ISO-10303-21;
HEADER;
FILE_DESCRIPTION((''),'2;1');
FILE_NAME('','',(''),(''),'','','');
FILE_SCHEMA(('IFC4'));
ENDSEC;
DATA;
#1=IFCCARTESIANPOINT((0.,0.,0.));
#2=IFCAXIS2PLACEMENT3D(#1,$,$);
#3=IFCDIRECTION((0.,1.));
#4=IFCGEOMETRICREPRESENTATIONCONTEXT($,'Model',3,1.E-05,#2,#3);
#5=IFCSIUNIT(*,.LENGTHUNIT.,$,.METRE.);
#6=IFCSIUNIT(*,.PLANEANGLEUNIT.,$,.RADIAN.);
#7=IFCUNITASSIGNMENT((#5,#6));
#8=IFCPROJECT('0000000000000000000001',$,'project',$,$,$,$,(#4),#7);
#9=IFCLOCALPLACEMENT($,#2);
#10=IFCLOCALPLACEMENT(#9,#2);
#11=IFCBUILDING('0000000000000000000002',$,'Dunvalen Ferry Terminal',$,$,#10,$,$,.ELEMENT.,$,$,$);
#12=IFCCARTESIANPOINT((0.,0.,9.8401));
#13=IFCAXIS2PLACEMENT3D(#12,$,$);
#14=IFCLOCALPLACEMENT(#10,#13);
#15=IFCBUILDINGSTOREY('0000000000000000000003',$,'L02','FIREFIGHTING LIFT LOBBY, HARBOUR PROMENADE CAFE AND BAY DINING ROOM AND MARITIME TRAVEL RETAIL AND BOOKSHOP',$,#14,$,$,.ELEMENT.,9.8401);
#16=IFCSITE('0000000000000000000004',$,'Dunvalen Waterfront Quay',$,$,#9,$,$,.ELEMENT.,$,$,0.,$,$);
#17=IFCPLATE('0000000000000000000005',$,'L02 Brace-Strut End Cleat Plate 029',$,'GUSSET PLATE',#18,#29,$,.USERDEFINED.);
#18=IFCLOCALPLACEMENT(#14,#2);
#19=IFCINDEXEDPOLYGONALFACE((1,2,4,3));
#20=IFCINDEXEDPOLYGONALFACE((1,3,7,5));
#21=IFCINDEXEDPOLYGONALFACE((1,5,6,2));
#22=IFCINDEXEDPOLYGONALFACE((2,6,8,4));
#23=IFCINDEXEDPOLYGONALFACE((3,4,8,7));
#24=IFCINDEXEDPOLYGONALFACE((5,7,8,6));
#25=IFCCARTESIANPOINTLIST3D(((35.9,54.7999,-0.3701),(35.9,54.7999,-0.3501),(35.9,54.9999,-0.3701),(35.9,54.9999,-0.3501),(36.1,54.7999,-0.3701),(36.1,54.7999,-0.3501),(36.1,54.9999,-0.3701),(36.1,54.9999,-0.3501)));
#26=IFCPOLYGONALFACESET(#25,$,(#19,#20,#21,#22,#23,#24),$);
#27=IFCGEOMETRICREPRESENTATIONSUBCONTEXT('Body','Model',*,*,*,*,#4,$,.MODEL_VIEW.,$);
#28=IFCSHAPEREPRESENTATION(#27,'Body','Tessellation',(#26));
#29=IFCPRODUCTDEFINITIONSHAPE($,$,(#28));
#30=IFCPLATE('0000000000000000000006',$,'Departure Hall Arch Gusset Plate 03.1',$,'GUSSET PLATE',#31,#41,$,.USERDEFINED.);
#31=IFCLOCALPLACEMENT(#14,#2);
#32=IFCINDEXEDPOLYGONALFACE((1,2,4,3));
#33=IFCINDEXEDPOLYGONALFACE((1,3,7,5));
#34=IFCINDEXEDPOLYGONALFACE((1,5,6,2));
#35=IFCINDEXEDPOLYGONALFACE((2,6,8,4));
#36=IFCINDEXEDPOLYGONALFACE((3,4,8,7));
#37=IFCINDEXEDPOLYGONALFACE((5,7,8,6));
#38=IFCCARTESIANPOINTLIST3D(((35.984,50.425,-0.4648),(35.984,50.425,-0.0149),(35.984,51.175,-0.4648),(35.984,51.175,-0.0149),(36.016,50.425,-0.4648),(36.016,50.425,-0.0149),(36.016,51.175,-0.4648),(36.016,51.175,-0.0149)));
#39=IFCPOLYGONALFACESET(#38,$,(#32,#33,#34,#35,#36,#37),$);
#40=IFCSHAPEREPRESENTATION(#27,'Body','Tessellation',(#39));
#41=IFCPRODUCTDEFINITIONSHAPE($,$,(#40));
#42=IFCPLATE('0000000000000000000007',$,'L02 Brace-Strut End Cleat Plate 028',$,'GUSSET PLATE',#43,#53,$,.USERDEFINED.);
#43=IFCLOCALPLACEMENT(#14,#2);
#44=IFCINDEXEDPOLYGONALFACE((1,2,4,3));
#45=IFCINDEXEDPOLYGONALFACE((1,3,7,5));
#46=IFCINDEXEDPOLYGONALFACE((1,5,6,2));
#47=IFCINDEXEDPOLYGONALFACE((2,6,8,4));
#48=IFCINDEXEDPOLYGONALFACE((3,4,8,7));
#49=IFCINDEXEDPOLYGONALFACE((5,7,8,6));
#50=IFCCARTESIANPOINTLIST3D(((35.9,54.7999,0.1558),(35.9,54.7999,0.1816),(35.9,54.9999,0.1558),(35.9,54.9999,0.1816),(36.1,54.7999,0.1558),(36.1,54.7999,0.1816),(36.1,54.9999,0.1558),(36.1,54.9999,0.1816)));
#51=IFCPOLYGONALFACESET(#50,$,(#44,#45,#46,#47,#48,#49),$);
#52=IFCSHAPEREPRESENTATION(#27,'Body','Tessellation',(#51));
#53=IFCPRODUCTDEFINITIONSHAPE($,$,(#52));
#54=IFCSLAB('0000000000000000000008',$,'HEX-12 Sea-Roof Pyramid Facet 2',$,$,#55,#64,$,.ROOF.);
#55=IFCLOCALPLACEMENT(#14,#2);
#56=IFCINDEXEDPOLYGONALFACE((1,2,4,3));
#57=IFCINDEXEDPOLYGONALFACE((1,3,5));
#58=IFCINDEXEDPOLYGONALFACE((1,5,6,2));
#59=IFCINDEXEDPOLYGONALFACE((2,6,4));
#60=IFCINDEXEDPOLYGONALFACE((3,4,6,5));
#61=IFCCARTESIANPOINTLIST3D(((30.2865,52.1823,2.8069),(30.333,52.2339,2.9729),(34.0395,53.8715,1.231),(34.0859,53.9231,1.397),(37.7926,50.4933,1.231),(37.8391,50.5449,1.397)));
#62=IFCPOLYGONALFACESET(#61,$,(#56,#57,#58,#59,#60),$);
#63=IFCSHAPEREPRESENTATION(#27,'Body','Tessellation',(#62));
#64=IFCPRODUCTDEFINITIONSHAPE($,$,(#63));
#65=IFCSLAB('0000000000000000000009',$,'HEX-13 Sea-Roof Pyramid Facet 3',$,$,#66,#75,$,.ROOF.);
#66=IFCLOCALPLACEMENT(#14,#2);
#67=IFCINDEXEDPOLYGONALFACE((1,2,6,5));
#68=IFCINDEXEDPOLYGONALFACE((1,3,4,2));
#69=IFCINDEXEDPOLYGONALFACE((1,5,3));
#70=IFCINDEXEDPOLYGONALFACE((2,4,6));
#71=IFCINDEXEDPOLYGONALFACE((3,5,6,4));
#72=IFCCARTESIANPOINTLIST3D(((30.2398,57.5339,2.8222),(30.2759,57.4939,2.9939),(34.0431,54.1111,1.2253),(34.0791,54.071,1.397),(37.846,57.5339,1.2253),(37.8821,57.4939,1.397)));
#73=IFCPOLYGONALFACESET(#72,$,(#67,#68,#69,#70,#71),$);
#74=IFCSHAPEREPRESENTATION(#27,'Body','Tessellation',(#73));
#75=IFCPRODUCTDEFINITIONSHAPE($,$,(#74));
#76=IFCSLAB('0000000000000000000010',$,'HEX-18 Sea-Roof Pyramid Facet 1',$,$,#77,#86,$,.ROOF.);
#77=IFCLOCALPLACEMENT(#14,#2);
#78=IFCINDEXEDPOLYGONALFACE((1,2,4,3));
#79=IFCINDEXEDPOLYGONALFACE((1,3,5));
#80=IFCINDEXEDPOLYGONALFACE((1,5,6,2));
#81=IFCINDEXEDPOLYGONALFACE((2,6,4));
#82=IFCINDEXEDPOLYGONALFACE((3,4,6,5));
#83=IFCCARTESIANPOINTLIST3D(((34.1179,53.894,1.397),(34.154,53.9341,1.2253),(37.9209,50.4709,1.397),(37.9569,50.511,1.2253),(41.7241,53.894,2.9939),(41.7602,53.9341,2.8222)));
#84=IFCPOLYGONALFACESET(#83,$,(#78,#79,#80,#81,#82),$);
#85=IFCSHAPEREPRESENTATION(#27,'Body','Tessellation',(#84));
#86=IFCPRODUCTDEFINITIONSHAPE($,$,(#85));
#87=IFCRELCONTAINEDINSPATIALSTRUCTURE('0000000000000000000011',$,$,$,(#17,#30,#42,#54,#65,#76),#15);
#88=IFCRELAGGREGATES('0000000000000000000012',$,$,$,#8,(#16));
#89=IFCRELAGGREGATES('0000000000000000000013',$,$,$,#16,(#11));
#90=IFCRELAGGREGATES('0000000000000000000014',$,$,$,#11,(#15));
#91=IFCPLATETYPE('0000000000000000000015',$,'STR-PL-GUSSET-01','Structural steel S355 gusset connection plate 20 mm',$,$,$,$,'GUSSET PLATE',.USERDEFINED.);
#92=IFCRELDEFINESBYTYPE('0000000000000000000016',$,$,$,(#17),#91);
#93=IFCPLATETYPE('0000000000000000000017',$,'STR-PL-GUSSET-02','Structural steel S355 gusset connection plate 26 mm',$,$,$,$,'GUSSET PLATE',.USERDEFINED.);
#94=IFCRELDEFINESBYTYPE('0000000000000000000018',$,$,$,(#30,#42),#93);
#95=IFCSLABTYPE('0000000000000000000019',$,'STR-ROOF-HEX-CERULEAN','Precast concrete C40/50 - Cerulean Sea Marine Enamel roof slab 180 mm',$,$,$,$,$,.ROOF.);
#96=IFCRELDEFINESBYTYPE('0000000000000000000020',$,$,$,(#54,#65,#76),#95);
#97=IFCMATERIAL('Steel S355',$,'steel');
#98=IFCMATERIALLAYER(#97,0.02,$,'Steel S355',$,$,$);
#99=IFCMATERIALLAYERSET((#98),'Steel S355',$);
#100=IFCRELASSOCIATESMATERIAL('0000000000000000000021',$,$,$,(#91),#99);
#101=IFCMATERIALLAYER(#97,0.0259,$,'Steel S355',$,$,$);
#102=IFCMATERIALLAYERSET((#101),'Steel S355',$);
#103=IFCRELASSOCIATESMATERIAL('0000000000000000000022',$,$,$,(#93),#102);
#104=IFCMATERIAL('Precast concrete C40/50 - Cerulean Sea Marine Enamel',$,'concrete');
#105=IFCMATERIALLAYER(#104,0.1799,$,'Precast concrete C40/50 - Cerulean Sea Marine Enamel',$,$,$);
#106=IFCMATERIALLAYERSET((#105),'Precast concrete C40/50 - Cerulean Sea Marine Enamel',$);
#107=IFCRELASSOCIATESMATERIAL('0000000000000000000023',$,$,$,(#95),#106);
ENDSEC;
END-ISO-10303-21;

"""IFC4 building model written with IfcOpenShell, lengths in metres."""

from ifc_helpers import new_model, si_unit, direction, frame, origin, origin_2d, place, context, subcontext, project, spatial, polyline, rectangle, outline, extrude, material, layer, layer_set, type_object, element, save


model = new_model("IFC4")

# Units and contexts
model_context = context("Model", 3, precision=1e-05, world=origin(), true_north=direction((0.0, 1.0)))
body_context = subcontext(model_context, "Body", "Model", "MODEL_VIEW")
ifc_project = project(units=[si_unit("LENGTHUNIT", "METRE"), si_unit("PLANEANGLEUNIT", "RADIAN")], contexts=[model_context])

# Site, building, storey
site_placement = place(None, origin())
site = spatial("IfcSite", under=ifc_project, at=site_placement, Name="Dunvalen Waterfront Quay", CompositionType="ELEMENT", RefElevation=0.0)
building_placement = place(site_placement, origin())
building = spatial("IfcBuilding", under=site, at=building_placement, Name="Dunvalen Ferry Terminal", CompositionType="ELEMENT")
storey_placement = place(building_placement, frame((0.0, 0.0, 9.8401)))
storey = spatial("IfcBuildingStorey", under=building, at=storey_placement, Name="L02", Description="FIREFIGHTING LIFT LOBBY, HARBOUR PROMENADE CAFE AND BAY DINING ROOM AND MARITIME TRAVEL RETAIL AND BOOKSHOP", CompositionType="ELEMENT", Elevation=9.8401)

# Shared definitions
ifc_material_1 = material(Name="Steel S355", Category="steel")

# Plates
ifc_layer_1 = layer(ifc_material_1, 0.02, Name="Steel S355")
ifc_layer_set_1 = layer_set([ifc_layer_1], Name="Steel S355")
plate_type_1 = type_object("IfcPlateType", Name="STR-PL-GUSSET-01", Description="Structural steel S355 gusset connection plate 20 mm", ElementType="GUSSET PLATE", PredefinedType="USERDEFINED", material=ifc_layer_set_1)
for number, where, z_axis, x_axis, name in (
    (1, (36.0, 54.8999, -0.3701), (0.0, 0.0, 1.0), (1.0, 0.0, 0.0), "L02 Brace-Strut End Cleat Plate 029"),
):
    element("IfcPlate", number, at=place(storey_placement, frame(where, z_axis=z_axis, x_axis=x_axis)), inside=storey, type_object=plate_type_1, Name=name, ObjectType="GUSSET PLATE", PredefinedType="USERDEFINED", context=body_context, shape_type="SweptSolid", body=[
        extrude(rectangle(XDim=0.2, YDim=0.2, at=origin_2d()), origin(), (0.0, 0.0, 1.0), 0.02),
    ])
ifc_layer_2 = layer(ifc_material_1, 0.0259, Name="Steel S355")
ifc_layer_set_2 = layer_set([ifc_layer_2], Name="Steel S355")
plate_type_2 = type_object("IfcPlateType", Name="STR-PL-GUSSET-02", Description="Structural steel S355 gusset connection plate 26 mm", ElementType="GUSSET PLATE", PredefinedType="USERDEFINED", material=ifc_layer_set_2)
plate_1_placement = place(storey_placement, frame((36.0, 50.8, -0.4648), z_axis=(0.0, 0.0, 1.0), x_axis=(1.0, 0.0, 0.0)))
element("IfcPlate", 2, at=plate_1_placement, inside=storey, type_object=plate_type_2, Name="Departure Hall Arch Gusset Plate 03.1", ObjectType="GUSSET PLATE", PredefinedType="USERDEFINED", context=body_context, shape_type="SweptSolid", body=[
    extrude(rectangle(XDim=0.032, YDim=0.75, at=origin_2d()), origin(), (0.0, 0.0, 1.0), 0.45),
])
plate_2_placement = place(storey_placement, frame((36.0, 54.8999, 0.1558), z_axis=(0.0, 0.0, 1.0), x_axis=(1.0, 0.0, 0.0)))
element("IfcPlate", 3, at=plate_2_placement, inside=storey, type_object=plate_type_2, Name="L02 Brace-Strut End Cleat Plate 028", ObjectType="GUSSET PLATE", PredefinedType="USERDEFINED", context=body_context, shape_type="SweptSolid", body=[
    extrude(rectangle(XDim=0.2, YDim=0.2, at=origin_2d()), origin(), (0.0, 0.0, 1.0), 0.0259),
])

# Slabs
ifc_material_2 = material(Name="Precast concrete C40/50 - Cerulean Sea Marine Enamel", Category="concrete")
ifc_layer_3 = layer(ifc_material_2, 0.1799, Name="Precast concrete C40/50 - Cerulean Sea Marine Enamel")
ifc_layer_set_3 = layer_set([ifc_layer_3], Name="Precast concrete C40/50 - Cerulean Sea Marine Enamel")
slab_type = type_object("IfcSlabType", Name="STR-ROOF-HEX-CERULEAN", Description="Precast concrete C40/50 - Cerulean Sea Marine Enamel roof slab 180 mm", PredefinedType="ROOF", material=ifc_layer_set_3)
slab_1_placement = place(storey_placement, frame((37.8391, 50.5449, 1.397), z_axis=(0.258238, 0.286904, 0.922496), x_axis=(-0.743263, 0.668999, 0.0)))
element("IfcSlab", 4, at=slab_1_placement, inside=storey, type_object=slab_type, Name="HEX-12 Sea-Roof Pyramid Facet 2", PredefinedType="ROOF", context=body_context, shape_type="SweptSolid", body=[
    extrude(outline(polyline([(0.0, 0.0), (5.0496, 0.0), (6.7089, 4.0827), (0.0, 0.0)])), origin(), (0.0, 0.0, -1.0), 0.1799),
])
slab_2_placement = place(storey_placement, frame((34.0791, 54.071, 1.397), z_axis=(0.200317, -0.222563, 0.954117), x_axis=(0.743278, 0.668983, 0.0)))
element("IfcSlab", 5, at=slab_2_placement, inside=storey, type_object=slab_type, Name="HEX-13 Sea-Roof Pyramid Facet 3", PredefinedType="ROOF", context=body_context, shape_type="SweptSolid", body=[
    extrude(outline(polyline([(0.0, 0.0), (5.1165, 0.0), (-0.537, 5.3331), (0.0, 0.0)])), origin(), (0.0, 0.0, -1.0), 0.1799),
])
slab_3_placement = place(storey_placement, frame((34.1179, 53.894, 1.397), z_axis=(-0.200318, -0.222548, 0.95412), x_axis=(0.743254, -0.66901, 0.0)))
element("IfcSlab", 6, at=slab_3_placement, inside=storey, type_object=slab_type, Name="HEX-18 Sea-Roof Pyramid Facet 1", PredefinedType="ROOF", context=body_context, shape_type="SweptSolid", body=[
    extrude(outline(polyline([(0.0, 0.0), (5.1167, 0.0), (5.6533, 5.3333), (0.0, 0.0)])), origin(), (0.0, 0.0, -1.0), 0.1799),
])

save(model, "model.ifc")
